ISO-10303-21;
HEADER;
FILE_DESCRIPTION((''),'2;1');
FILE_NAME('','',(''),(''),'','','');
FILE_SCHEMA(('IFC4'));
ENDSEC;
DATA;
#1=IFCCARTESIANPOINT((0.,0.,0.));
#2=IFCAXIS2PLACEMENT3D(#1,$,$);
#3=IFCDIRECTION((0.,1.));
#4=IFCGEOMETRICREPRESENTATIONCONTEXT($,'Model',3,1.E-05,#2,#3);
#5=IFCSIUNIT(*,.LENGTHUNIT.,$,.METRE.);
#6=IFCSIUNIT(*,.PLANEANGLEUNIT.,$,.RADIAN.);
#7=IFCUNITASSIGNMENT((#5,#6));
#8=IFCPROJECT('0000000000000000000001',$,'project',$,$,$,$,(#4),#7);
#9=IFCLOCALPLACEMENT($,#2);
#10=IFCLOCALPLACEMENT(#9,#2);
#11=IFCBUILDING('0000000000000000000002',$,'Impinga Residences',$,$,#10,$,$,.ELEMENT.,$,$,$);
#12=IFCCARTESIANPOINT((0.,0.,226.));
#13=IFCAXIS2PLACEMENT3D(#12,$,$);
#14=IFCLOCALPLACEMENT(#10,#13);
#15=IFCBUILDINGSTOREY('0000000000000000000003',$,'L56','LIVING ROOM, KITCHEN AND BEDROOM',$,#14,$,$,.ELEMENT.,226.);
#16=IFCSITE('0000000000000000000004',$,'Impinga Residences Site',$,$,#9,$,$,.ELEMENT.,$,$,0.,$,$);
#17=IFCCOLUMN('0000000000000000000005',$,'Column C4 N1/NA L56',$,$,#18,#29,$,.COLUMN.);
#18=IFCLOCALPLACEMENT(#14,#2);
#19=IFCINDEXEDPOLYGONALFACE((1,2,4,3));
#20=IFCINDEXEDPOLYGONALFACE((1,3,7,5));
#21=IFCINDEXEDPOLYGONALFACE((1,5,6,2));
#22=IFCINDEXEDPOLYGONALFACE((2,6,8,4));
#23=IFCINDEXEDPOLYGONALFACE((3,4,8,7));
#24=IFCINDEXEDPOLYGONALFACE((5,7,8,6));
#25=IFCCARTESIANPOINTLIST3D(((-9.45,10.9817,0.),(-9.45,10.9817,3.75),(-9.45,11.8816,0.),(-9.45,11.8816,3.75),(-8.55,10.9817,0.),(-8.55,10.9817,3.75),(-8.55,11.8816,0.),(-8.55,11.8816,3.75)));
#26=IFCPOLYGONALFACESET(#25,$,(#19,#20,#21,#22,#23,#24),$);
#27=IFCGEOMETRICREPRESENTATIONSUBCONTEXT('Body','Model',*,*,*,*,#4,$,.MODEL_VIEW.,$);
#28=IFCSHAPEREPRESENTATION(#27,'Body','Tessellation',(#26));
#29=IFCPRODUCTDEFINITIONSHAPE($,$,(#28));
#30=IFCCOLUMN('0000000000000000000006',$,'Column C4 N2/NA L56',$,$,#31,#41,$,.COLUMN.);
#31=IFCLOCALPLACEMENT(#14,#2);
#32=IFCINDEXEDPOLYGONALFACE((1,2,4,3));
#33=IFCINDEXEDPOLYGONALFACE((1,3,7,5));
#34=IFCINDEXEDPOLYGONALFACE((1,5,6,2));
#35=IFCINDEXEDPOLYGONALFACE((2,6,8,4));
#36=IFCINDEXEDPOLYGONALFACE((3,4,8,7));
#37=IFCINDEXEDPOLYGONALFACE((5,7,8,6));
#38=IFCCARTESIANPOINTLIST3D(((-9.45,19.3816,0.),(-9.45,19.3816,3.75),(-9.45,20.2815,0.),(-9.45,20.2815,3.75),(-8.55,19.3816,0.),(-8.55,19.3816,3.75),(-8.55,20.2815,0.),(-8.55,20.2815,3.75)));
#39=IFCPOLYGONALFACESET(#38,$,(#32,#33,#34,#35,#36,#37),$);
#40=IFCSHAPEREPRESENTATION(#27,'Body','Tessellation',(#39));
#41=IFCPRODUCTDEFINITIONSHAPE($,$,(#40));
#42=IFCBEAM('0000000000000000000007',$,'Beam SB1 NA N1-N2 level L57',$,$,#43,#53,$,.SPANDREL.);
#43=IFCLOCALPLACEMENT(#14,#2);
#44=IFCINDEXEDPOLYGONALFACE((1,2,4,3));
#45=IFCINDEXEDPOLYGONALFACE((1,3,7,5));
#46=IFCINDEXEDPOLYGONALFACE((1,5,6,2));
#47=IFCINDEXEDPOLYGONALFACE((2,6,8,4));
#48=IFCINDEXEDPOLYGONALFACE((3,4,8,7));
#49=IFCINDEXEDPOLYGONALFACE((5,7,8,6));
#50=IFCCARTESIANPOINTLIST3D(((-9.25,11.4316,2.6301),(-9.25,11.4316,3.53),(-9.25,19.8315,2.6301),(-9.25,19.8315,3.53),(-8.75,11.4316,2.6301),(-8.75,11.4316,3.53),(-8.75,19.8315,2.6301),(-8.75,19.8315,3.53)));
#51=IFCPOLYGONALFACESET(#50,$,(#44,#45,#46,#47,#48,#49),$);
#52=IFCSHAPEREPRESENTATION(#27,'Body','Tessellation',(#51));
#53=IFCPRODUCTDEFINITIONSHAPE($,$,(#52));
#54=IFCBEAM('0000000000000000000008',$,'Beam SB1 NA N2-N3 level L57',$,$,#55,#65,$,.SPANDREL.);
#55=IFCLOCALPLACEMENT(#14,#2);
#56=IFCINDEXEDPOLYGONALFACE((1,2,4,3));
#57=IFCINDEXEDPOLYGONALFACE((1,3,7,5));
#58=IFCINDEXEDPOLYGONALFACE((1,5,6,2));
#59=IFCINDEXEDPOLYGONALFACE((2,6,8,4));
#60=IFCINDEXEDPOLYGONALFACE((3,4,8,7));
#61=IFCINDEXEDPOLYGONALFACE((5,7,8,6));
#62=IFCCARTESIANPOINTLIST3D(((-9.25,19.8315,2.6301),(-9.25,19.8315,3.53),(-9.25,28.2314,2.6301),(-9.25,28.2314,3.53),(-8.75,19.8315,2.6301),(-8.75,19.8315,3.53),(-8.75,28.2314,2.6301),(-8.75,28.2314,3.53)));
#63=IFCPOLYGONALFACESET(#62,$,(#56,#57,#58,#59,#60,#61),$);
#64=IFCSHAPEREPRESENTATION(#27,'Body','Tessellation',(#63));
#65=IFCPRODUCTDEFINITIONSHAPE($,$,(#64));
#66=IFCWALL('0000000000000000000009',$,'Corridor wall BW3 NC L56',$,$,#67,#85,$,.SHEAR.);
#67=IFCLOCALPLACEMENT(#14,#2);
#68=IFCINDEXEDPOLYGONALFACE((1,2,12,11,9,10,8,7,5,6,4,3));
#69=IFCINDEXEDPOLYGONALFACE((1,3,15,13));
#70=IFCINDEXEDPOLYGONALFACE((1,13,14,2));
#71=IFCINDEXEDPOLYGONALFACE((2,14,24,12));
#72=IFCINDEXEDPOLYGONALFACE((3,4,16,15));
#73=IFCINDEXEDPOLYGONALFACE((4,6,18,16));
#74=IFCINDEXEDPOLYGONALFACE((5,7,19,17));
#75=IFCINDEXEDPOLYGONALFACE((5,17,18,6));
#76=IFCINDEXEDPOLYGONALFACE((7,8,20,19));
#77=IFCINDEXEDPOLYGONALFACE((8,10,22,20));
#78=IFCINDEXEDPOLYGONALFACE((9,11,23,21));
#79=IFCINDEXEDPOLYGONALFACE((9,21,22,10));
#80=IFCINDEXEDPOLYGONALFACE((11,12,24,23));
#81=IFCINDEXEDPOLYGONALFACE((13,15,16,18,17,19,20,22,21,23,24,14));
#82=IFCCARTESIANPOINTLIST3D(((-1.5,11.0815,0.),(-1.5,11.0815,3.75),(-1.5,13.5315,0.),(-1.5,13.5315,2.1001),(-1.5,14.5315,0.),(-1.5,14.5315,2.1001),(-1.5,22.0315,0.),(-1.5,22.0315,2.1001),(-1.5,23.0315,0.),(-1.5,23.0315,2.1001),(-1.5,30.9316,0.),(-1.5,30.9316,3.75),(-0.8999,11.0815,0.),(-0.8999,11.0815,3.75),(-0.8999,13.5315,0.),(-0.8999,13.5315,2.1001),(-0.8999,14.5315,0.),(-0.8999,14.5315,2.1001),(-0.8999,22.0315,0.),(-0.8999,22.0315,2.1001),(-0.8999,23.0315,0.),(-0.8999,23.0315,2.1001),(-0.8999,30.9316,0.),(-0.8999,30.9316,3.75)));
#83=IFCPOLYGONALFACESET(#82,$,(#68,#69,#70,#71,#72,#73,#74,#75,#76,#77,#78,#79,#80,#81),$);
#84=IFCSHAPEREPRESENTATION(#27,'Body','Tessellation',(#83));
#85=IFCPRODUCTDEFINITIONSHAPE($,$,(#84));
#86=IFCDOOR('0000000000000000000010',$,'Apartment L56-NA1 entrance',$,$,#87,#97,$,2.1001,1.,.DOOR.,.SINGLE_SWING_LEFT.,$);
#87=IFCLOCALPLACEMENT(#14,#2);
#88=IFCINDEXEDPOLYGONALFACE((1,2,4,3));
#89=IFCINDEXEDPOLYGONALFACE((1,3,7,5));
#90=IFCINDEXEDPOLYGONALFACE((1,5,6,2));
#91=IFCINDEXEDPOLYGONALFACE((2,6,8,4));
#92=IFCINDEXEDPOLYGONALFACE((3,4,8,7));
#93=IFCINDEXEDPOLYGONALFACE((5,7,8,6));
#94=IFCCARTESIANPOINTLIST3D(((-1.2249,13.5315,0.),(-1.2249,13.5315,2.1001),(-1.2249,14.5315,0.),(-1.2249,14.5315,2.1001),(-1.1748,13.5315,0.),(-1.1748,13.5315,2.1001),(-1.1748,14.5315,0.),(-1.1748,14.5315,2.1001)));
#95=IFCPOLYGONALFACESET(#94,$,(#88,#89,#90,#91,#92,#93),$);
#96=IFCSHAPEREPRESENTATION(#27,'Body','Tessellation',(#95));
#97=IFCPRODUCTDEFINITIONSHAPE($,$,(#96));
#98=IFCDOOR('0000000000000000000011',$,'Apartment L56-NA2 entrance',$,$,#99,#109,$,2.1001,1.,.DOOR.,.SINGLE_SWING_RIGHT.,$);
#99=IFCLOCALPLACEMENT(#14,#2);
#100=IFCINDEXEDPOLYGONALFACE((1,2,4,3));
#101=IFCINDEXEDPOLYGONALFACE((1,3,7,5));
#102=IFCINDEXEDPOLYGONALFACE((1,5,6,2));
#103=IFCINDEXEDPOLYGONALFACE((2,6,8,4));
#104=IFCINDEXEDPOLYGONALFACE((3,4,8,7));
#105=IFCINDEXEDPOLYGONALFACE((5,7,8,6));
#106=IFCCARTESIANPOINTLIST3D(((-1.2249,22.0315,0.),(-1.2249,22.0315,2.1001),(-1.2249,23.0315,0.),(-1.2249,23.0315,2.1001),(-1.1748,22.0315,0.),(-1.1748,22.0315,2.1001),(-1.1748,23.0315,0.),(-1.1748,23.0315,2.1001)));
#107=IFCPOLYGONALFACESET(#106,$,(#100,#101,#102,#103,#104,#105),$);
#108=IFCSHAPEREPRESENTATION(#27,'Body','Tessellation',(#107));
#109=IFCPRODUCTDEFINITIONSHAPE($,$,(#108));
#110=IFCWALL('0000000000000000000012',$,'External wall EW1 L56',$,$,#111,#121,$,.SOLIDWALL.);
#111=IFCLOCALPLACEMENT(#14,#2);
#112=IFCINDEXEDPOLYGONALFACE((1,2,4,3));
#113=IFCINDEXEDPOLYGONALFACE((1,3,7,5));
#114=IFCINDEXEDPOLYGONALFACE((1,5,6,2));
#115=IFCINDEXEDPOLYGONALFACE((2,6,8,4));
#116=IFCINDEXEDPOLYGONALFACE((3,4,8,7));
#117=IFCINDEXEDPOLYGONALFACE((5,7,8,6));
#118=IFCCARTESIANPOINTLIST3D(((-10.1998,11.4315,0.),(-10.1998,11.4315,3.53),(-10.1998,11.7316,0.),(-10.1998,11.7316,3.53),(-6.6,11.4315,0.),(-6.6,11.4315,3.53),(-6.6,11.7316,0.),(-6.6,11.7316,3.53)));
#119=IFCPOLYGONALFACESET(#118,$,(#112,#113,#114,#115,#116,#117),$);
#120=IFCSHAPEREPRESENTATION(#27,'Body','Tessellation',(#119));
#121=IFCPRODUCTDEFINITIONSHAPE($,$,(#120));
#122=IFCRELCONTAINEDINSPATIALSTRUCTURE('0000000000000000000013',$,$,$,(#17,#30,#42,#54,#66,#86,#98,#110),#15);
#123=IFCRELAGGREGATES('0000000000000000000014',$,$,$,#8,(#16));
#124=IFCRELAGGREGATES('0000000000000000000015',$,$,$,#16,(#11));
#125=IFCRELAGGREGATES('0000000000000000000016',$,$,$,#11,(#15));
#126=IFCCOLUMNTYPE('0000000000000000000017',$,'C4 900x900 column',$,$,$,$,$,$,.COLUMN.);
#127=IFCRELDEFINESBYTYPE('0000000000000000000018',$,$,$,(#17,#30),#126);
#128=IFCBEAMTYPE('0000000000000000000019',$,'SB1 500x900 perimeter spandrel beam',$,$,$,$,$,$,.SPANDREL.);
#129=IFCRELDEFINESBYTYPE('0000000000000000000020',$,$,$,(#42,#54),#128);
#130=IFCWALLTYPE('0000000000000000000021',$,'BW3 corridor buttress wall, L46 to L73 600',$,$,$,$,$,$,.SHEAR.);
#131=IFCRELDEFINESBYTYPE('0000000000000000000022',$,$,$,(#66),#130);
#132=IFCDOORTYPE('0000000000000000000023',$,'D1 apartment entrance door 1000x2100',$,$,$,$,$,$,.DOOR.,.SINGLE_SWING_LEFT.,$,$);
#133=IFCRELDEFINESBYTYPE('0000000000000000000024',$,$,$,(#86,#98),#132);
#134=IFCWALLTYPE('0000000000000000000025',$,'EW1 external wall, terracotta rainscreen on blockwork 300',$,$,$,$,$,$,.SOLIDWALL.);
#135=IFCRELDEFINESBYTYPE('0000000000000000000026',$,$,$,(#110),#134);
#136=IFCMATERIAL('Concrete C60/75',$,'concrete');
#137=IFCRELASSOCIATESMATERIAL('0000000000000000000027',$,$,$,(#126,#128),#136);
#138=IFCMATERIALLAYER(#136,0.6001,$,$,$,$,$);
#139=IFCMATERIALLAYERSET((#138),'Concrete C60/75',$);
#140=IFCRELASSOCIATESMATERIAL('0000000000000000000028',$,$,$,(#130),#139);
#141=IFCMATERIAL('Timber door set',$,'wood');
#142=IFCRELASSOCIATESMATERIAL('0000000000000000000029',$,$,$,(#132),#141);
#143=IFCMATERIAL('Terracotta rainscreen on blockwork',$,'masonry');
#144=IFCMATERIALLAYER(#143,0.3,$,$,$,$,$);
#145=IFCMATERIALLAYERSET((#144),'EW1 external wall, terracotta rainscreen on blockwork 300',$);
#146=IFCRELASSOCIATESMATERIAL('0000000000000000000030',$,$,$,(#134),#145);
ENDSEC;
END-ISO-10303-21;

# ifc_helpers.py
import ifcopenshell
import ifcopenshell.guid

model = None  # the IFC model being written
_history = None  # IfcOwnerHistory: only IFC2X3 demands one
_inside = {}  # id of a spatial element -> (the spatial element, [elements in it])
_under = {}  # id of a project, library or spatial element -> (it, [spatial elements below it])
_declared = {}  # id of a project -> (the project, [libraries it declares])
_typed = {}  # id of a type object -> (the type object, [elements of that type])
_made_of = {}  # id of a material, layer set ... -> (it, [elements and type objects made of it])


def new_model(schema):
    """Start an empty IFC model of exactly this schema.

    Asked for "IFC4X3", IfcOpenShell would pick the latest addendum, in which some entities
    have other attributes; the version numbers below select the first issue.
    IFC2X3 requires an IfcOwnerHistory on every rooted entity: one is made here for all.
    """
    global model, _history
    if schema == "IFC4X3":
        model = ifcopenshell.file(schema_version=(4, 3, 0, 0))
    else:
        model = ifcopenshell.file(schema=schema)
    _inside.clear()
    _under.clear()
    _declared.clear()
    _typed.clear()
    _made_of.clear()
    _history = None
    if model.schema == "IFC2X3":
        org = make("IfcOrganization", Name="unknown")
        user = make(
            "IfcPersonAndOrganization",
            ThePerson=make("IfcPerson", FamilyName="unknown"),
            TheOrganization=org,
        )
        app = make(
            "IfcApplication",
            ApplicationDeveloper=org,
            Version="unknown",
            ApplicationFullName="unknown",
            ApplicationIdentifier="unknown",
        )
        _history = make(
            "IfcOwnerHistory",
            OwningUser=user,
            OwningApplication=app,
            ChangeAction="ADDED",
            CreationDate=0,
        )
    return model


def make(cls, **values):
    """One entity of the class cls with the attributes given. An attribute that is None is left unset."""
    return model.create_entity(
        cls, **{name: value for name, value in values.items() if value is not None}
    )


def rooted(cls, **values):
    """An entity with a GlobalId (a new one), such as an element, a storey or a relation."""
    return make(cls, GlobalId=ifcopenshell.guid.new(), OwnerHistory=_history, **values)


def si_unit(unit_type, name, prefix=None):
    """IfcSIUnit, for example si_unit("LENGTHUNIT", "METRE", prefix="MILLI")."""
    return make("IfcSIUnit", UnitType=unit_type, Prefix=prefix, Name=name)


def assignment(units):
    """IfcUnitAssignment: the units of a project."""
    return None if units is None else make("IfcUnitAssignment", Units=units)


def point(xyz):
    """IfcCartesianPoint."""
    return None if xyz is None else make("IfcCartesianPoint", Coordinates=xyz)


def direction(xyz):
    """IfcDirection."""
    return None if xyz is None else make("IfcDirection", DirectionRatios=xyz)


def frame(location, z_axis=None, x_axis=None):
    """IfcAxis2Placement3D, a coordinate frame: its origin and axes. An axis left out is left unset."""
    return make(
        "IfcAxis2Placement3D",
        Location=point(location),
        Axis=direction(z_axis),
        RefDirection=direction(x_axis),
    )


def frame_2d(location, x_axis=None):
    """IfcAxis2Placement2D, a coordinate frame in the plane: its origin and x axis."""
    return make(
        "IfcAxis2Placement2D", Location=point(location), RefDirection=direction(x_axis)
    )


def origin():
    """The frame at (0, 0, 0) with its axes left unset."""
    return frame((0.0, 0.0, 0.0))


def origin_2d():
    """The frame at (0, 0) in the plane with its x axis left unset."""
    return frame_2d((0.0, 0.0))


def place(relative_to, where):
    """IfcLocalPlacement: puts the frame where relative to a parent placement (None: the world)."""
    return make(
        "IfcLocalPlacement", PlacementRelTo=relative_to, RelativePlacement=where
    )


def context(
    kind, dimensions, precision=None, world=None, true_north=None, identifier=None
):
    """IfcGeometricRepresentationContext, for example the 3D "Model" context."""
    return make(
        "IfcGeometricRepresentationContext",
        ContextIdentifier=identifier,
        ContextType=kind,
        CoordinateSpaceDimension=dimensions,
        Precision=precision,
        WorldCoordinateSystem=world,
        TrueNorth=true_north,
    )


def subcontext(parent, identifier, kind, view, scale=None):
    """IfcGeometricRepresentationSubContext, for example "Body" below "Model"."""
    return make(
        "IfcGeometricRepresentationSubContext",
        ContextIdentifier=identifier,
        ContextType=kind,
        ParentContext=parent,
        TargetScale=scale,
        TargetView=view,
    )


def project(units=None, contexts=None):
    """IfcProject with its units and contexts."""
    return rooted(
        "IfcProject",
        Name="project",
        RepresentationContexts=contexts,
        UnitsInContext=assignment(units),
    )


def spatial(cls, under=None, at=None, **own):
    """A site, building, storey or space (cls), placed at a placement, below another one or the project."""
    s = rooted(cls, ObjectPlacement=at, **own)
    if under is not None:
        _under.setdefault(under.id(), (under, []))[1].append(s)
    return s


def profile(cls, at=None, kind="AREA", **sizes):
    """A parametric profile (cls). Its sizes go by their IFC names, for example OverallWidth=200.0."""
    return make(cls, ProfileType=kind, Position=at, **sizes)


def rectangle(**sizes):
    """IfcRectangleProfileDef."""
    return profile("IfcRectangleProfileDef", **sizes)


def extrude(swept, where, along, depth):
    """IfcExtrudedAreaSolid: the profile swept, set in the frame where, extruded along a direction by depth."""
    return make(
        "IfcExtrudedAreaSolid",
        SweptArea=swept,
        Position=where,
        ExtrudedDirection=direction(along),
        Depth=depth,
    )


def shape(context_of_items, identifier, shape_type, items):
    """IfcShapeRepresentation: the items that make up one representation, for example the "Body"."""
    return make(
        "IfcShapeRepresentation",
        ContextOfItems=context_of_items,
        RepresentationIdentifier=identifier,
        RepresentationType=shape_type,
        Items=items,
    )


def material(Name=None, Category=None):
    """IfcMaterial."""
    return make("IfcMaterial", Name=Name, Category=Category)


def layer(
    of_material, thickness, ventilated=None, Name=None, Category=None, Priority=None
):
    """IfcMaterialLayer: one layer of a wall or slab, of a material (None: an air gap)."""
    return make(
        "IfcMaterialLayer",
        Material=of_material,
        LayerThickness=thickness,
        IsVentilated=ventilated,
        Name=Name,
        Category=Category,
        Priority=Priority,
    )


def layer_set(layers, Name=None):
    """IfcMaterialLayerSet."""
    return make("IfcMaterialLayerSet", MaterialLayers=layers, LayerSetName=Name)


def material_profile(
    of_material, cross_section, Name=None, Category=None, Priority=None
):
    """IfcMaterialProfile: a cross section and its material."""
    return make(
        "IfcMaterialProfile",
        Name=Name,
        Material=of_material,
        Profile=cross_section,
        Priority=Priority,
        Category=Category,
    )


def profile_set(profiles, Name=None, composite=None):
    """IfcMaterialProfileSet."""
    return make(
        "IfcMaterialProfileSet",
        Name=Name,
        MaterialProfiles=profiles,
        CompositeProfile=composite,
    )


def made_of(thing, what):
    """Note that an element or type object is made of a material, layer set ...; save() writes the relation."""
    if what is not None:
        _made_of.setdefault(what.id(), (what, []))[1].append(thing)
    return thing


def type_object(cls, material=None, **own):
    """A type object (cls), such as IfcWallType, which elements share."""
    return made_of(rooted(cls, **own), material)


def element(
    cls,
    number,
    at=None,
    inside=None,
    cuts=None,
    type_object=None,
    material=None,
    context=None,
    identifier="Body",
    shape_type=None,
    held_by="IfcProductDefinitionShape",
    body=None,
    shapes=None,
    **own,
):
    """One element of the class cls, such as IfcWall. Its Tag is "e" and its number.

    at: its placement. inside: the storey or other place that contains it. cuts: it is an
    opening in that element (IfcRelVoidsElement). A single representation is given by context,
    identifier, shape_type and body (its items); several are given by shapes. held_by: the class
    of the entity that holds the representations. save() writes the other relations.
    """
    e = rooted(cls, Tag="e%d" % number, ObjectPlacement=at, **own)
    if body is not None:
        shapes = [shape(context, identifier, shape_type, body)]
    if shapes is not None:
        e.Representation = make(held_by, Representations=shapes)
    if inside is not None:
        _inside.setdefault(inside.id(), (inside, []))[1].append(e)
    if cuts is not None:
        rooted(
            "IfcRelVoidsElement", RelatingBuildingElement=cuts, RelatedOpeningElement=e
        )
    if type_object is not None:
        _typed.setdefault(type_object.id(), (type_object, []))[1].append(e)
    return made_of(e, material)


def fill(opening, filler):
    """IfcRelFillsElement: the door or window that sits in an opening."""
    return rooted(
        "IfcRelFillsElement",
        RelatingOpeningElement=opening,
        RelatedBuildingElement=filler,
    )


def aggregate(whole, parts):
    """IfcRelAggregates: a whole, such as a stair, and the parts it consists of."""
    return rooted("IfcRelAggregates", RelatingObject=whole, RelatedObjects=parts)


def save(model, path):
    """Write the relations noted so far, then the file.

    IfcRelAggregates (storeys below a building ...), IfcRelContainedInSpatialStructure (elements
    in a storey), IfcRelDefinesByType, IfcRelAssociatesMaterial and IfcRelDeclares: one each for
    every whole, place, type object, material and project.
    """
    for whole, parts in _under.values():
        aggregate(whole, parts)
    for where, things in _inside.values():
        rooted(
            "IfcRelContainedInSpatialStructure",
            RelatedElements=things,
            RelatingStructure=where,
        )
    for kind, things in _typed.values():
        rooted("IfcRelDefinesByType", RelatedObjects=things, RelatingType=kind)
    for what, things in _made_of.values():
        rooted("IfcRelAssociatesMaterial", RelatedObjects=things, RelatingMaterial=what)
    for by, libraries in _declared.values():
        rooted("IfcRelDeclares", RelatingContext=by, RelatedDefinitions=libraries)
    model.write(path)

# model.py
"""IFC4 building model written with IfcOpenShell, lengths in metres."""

from ifc_helpers import new_model, si_unit, direction, frame, frame_2d, origin, origin_2d, place, context, subcontext, project, spatial, rectangle, extrude, material, layer, layer_set, material_profile, profile_set, type_object, element, fill, save


model = new_model("IFC4")

# Units and contexts
model_context = context("Model", 3, precision=1e-05, world=origin(), true_north=direction((0.0, 1.0)))
body_context = subcontext(model_context, "Body", "Model", "MODEL_VIEW")
ifc_project = project(units=[si_unit("LENGTHUNIT", "METRE"), si_unit("PLANEANGLEUNIT", "RADIAN")], contexts=[model_context])

# Site, building, storey
site_placement = place(None, origin())
site = spatial("IfcSite", under=ifc_project, at=site_placement, Name="Impinga Residences Site", CompositionType="ELEMENT", RefElevation=0.0)
building_placement = place(site_placement, origin())
building = spatial("IfcBuilding", under=site, at=building_placement, Name="Impinga Residences", CompositionType="ELEMENT")
storey_placement = place(building_placement, frame((0.0, 0.0, 226.0)))
storey = spatial("IfcBuildingStorey", under=building, at=storey_placement, Name="L56", Description="LIVING ROOM, KITCHEN AND BEDROOM", CompositionType="ELEMENT", Elevation=226.0)

# Columns
ifc_material_1 = material(Name="Concrete C60/75", Category="concrete")
ifc_material_profile_1 = material_profile(ifc_material_1, rectangle(XDim=0.8999, YDim=0.8999, at=origin_2d()), Name="RC 900x900")
ifc_profile_set_1 = profile_set([ifc_material_profile_1], Name="Concrete C60/75")
column_type = type_object("IfcColumnType", Name="C4 900x900 column", PredefinedType="COLUMN", material=ifc_profile_set_1)
for number, where, z_axis, x_axis, name in (
    (1, (-9.0, 11.4316, 0.0), (0.0, 0.0, 1.0), (1.0, 0.0, 0.0), "Column C4 N1/NA L56"),
    (2, (-9.0, 19.8315, 0.0), (0.0, 0.0, 1.0), (1.0, 0.0, 0.0), "Column C4 N2/NA L56"),
):
    element("IfcColumn", number, at=place(storey_placement, frame(where, z_axis=z_axis, x_axis=x_axis)), inside=storey, type_object=column_type, Name=name, PredefinedType="COLUMN", context=body_context, shape_type="SweptSolid", body=[
        extrude(rectangle(XDim=0.8999, YDim=0.8999, at=origin_2d()), origin(), (0.0, 0.0, 1.0), 3.75),
    ])

# Beams
ifc_material_profile_2 = material_profile(ifc_material_1, rectangle(XDim=0.5, YDim=0.8999, at=origin_2d()), Name="RC 500x900")
ifc_profile_set_2 = profile_set([ifc_material_profile_2], Name="Concrete C60/75")
beam_type = type_object("IfcBeamType", Name="SB1 500x900 perimeter spandrel beam", PredefinedType="SPANDREL", material=ifc_profile_set_2)
for number, where, z_axis, x_axis, name in (
    (3, (-9.0, 11.4316, 3.0801), (0.0, 1.0, 0.0), (-1.0, 0.0, 0.0), "Beam SB1 NA N1-N2 level L57"),
    (4, (-9.0, 19.8315, 3.0801), (0.0, 1.0, 0.0), (-1.0, 0.0, 0.0), "Beam SB1 NA N2-N3 level L57"),
):
    element("IfcBeam", number, at=place(storey_placement, frame(where, z_axis=z_axis, x_axis=x_axis)), inside=storey, type_object=beam_type, Name=name, PredefinedType="SPANDREL", context=body_context, shape_type="SweptSolid", body=[
        extrude(rectangle(XDim=0.5, YDim=0.8999, at=origin_2d()), origin(), (0.0, 0.0, 1.0), 8.3999),
    ])

# Wall, openings, doors
ifc_layer_1 = layer(ifc_material_1, 0.6001)
ifc_layer_set_1 = layer_set([ifc_layer_1], Name="Concrete C60/75")
wall_type_1 = type_object("IfcWallType", Name="BW3 corridor buttress wall, L46 to L73 600", PredefinedType="SHEAR", material=ifc_layer_set_1)
wall_1_placement = place(storey_placement, frame((-1.2, 11.0815, 0.0), z_axis=(0.0, 0.0, 1.0), x_axis=(0.0, 1.0, 0.0)))
wall_1 = element("IfcWall", 5, at=wall_1_placement, inside=storey, type_object=wall_type_1, Name="Corridor wall BW3 NC L56", PredefinedType="SHEAR", context=body_context, shape_type="SweptSolid", body=[
    extrude(rectangle(XDim=19.8501, YDim=0.6001, at=frame_2d((9.925, 0.0))), origin(), (0.0, 0.0, 1.0), 3.75),
])
opening_1_placement = place(wall_1_placement, frame((2.45, 0.0, 0.0)))
opening_1 = element("IfcOpeningElement", 6, at=opening_1_placement, cuts=wall_1, PredefinedType="OPENING", context=body_context, shape_type="SweptSolid", body=[
    extrude(rectangle(XDim=1.0, YDim=2.1001, at=frame_2d((0.5, 1.05))), frame((0.0, 0.3101, 0.0), z_axis=(0.0, -1.0, 0.0), x_axis=(1.0, 0.0, 0.0)), (0.0, 0.0, 1.0), 0.6201),
])
opening_2_placement = place(wall_1_placement, frame((10.95, 0.0, 0.0)))
opening_2 = element("IfcOpeningElement", 7, at=opening_2_placement, cuts=wall_1, PredefinedType="OPENING", context=body_context, shape_type="SweptSolid", body=[
    extrude(rectangle(XDim=1.0, YDim=2.1001, at=frame_2d((0.5, 1.05))), frame((0.0, 0.3101, 0.0), z_axis=(0.0, -1.0, 0.0), x_axis=(1.0, 0.0, 0.0)), (0.0, 0.0, 1.0), 0.6201),
])
ifc_material_2 = material(Name="Timber door set", Category="wood")
door_type_1 = type_object("IfcDoorType", Name="D1 apartment entrance door 1000x2100", OperationType="SINGLE_SWING_LEFT", PredefinedType="DOOR", material=ifc_material_2)
door_1_placement = place(opening_1_placement, origin())
door_1 = element("IfcDoor", 8, at=door_1_placement, inside=storey, type_object=door_type_1, Name="Apartment L56-NA1 entrance", OperationType="SINGLE_SWING_LEFT", OverallHeight=2.1001, OverallWidth=1.0, PredefinedType="DOOR", context=body_context, shape_type="SweptSolid", body=[
    extrude(rectangle(XDim=1.0, YDim=2.1001, at=frame_2d((0.5, 1.05))), frame((0.0, 0.0249, 0.0), z_axis=(0.0, -1.0, 0.0), x_axis=(1.0, 0.0, 0.0)), (0.0, 0.0, 1.0), 0.05),
])
fill(opening_1, door_1)
door_2_placement = place(opening_2_placement, origin())
door_2 = element("IfcDoor", 9, at=door_2_placement, inside=storey, type_object=door_type_1, Name="Apartment L56-NA2 entrance", OperationType="SINGLE_SWING_RIGHT", OverallHeight=2.1001, OverallWidth=1.0, PredefinedType="DOOR", context=body_context, shape_type="SweptSolid", body=[
    extrude(rectangle(XDim=1.0, YDim=2.1001, at=frame_2d((0.5, 1.05))), frame((0.0, 0.0249, 0.0), z_axis=(0.0, -1.0, 0.0), x_axis=(1.0, 0.0, 0.0)), (0.0, 0.0, 1.0), 0.05),
])
fill(opening_2, door_2)

# Wall
ifc_material_3 = material(Name="Terracotta rainscreen on blockwork", Category="masonry")
ifc_layer_2 = layer(ifc_material_3, 0.3)
ifc_layer_set_2 = layer_set([ifc_layer_2], Name="EW1 external wall, terracotta rainscreen on blockwork 300")
wall_type_2 = type_object("IfcWallType", Name="EW1 external wall, terracotta rainscreen on blockwork 300", PredefinedType="SOLIDWALL", material=ifc_layer_set_2)
wall_2_placement = place(storey_placement, frame((-6.6001, 11.5815, 0.0), z_axis=(0.0, 0.0, 1.0), x_axis=(-1.0, 0.0, 0.0)))
element("IfcWall", 10, at=wall_2_placement, inside=storey, type_object=wall_type_2, Name="External wall EW1 L56", PredefinedType="SOLIDWALL", context=body_context, shape_type="SweptSolid", body=[
    extrude(rectangle(XDim=3.5999, YDim=0.3, at=frame_2d((1.7998, 0.0))), origin(), (0.0, 0.0, 1.0), 3.53),
])

save(model, "model.ifc")
